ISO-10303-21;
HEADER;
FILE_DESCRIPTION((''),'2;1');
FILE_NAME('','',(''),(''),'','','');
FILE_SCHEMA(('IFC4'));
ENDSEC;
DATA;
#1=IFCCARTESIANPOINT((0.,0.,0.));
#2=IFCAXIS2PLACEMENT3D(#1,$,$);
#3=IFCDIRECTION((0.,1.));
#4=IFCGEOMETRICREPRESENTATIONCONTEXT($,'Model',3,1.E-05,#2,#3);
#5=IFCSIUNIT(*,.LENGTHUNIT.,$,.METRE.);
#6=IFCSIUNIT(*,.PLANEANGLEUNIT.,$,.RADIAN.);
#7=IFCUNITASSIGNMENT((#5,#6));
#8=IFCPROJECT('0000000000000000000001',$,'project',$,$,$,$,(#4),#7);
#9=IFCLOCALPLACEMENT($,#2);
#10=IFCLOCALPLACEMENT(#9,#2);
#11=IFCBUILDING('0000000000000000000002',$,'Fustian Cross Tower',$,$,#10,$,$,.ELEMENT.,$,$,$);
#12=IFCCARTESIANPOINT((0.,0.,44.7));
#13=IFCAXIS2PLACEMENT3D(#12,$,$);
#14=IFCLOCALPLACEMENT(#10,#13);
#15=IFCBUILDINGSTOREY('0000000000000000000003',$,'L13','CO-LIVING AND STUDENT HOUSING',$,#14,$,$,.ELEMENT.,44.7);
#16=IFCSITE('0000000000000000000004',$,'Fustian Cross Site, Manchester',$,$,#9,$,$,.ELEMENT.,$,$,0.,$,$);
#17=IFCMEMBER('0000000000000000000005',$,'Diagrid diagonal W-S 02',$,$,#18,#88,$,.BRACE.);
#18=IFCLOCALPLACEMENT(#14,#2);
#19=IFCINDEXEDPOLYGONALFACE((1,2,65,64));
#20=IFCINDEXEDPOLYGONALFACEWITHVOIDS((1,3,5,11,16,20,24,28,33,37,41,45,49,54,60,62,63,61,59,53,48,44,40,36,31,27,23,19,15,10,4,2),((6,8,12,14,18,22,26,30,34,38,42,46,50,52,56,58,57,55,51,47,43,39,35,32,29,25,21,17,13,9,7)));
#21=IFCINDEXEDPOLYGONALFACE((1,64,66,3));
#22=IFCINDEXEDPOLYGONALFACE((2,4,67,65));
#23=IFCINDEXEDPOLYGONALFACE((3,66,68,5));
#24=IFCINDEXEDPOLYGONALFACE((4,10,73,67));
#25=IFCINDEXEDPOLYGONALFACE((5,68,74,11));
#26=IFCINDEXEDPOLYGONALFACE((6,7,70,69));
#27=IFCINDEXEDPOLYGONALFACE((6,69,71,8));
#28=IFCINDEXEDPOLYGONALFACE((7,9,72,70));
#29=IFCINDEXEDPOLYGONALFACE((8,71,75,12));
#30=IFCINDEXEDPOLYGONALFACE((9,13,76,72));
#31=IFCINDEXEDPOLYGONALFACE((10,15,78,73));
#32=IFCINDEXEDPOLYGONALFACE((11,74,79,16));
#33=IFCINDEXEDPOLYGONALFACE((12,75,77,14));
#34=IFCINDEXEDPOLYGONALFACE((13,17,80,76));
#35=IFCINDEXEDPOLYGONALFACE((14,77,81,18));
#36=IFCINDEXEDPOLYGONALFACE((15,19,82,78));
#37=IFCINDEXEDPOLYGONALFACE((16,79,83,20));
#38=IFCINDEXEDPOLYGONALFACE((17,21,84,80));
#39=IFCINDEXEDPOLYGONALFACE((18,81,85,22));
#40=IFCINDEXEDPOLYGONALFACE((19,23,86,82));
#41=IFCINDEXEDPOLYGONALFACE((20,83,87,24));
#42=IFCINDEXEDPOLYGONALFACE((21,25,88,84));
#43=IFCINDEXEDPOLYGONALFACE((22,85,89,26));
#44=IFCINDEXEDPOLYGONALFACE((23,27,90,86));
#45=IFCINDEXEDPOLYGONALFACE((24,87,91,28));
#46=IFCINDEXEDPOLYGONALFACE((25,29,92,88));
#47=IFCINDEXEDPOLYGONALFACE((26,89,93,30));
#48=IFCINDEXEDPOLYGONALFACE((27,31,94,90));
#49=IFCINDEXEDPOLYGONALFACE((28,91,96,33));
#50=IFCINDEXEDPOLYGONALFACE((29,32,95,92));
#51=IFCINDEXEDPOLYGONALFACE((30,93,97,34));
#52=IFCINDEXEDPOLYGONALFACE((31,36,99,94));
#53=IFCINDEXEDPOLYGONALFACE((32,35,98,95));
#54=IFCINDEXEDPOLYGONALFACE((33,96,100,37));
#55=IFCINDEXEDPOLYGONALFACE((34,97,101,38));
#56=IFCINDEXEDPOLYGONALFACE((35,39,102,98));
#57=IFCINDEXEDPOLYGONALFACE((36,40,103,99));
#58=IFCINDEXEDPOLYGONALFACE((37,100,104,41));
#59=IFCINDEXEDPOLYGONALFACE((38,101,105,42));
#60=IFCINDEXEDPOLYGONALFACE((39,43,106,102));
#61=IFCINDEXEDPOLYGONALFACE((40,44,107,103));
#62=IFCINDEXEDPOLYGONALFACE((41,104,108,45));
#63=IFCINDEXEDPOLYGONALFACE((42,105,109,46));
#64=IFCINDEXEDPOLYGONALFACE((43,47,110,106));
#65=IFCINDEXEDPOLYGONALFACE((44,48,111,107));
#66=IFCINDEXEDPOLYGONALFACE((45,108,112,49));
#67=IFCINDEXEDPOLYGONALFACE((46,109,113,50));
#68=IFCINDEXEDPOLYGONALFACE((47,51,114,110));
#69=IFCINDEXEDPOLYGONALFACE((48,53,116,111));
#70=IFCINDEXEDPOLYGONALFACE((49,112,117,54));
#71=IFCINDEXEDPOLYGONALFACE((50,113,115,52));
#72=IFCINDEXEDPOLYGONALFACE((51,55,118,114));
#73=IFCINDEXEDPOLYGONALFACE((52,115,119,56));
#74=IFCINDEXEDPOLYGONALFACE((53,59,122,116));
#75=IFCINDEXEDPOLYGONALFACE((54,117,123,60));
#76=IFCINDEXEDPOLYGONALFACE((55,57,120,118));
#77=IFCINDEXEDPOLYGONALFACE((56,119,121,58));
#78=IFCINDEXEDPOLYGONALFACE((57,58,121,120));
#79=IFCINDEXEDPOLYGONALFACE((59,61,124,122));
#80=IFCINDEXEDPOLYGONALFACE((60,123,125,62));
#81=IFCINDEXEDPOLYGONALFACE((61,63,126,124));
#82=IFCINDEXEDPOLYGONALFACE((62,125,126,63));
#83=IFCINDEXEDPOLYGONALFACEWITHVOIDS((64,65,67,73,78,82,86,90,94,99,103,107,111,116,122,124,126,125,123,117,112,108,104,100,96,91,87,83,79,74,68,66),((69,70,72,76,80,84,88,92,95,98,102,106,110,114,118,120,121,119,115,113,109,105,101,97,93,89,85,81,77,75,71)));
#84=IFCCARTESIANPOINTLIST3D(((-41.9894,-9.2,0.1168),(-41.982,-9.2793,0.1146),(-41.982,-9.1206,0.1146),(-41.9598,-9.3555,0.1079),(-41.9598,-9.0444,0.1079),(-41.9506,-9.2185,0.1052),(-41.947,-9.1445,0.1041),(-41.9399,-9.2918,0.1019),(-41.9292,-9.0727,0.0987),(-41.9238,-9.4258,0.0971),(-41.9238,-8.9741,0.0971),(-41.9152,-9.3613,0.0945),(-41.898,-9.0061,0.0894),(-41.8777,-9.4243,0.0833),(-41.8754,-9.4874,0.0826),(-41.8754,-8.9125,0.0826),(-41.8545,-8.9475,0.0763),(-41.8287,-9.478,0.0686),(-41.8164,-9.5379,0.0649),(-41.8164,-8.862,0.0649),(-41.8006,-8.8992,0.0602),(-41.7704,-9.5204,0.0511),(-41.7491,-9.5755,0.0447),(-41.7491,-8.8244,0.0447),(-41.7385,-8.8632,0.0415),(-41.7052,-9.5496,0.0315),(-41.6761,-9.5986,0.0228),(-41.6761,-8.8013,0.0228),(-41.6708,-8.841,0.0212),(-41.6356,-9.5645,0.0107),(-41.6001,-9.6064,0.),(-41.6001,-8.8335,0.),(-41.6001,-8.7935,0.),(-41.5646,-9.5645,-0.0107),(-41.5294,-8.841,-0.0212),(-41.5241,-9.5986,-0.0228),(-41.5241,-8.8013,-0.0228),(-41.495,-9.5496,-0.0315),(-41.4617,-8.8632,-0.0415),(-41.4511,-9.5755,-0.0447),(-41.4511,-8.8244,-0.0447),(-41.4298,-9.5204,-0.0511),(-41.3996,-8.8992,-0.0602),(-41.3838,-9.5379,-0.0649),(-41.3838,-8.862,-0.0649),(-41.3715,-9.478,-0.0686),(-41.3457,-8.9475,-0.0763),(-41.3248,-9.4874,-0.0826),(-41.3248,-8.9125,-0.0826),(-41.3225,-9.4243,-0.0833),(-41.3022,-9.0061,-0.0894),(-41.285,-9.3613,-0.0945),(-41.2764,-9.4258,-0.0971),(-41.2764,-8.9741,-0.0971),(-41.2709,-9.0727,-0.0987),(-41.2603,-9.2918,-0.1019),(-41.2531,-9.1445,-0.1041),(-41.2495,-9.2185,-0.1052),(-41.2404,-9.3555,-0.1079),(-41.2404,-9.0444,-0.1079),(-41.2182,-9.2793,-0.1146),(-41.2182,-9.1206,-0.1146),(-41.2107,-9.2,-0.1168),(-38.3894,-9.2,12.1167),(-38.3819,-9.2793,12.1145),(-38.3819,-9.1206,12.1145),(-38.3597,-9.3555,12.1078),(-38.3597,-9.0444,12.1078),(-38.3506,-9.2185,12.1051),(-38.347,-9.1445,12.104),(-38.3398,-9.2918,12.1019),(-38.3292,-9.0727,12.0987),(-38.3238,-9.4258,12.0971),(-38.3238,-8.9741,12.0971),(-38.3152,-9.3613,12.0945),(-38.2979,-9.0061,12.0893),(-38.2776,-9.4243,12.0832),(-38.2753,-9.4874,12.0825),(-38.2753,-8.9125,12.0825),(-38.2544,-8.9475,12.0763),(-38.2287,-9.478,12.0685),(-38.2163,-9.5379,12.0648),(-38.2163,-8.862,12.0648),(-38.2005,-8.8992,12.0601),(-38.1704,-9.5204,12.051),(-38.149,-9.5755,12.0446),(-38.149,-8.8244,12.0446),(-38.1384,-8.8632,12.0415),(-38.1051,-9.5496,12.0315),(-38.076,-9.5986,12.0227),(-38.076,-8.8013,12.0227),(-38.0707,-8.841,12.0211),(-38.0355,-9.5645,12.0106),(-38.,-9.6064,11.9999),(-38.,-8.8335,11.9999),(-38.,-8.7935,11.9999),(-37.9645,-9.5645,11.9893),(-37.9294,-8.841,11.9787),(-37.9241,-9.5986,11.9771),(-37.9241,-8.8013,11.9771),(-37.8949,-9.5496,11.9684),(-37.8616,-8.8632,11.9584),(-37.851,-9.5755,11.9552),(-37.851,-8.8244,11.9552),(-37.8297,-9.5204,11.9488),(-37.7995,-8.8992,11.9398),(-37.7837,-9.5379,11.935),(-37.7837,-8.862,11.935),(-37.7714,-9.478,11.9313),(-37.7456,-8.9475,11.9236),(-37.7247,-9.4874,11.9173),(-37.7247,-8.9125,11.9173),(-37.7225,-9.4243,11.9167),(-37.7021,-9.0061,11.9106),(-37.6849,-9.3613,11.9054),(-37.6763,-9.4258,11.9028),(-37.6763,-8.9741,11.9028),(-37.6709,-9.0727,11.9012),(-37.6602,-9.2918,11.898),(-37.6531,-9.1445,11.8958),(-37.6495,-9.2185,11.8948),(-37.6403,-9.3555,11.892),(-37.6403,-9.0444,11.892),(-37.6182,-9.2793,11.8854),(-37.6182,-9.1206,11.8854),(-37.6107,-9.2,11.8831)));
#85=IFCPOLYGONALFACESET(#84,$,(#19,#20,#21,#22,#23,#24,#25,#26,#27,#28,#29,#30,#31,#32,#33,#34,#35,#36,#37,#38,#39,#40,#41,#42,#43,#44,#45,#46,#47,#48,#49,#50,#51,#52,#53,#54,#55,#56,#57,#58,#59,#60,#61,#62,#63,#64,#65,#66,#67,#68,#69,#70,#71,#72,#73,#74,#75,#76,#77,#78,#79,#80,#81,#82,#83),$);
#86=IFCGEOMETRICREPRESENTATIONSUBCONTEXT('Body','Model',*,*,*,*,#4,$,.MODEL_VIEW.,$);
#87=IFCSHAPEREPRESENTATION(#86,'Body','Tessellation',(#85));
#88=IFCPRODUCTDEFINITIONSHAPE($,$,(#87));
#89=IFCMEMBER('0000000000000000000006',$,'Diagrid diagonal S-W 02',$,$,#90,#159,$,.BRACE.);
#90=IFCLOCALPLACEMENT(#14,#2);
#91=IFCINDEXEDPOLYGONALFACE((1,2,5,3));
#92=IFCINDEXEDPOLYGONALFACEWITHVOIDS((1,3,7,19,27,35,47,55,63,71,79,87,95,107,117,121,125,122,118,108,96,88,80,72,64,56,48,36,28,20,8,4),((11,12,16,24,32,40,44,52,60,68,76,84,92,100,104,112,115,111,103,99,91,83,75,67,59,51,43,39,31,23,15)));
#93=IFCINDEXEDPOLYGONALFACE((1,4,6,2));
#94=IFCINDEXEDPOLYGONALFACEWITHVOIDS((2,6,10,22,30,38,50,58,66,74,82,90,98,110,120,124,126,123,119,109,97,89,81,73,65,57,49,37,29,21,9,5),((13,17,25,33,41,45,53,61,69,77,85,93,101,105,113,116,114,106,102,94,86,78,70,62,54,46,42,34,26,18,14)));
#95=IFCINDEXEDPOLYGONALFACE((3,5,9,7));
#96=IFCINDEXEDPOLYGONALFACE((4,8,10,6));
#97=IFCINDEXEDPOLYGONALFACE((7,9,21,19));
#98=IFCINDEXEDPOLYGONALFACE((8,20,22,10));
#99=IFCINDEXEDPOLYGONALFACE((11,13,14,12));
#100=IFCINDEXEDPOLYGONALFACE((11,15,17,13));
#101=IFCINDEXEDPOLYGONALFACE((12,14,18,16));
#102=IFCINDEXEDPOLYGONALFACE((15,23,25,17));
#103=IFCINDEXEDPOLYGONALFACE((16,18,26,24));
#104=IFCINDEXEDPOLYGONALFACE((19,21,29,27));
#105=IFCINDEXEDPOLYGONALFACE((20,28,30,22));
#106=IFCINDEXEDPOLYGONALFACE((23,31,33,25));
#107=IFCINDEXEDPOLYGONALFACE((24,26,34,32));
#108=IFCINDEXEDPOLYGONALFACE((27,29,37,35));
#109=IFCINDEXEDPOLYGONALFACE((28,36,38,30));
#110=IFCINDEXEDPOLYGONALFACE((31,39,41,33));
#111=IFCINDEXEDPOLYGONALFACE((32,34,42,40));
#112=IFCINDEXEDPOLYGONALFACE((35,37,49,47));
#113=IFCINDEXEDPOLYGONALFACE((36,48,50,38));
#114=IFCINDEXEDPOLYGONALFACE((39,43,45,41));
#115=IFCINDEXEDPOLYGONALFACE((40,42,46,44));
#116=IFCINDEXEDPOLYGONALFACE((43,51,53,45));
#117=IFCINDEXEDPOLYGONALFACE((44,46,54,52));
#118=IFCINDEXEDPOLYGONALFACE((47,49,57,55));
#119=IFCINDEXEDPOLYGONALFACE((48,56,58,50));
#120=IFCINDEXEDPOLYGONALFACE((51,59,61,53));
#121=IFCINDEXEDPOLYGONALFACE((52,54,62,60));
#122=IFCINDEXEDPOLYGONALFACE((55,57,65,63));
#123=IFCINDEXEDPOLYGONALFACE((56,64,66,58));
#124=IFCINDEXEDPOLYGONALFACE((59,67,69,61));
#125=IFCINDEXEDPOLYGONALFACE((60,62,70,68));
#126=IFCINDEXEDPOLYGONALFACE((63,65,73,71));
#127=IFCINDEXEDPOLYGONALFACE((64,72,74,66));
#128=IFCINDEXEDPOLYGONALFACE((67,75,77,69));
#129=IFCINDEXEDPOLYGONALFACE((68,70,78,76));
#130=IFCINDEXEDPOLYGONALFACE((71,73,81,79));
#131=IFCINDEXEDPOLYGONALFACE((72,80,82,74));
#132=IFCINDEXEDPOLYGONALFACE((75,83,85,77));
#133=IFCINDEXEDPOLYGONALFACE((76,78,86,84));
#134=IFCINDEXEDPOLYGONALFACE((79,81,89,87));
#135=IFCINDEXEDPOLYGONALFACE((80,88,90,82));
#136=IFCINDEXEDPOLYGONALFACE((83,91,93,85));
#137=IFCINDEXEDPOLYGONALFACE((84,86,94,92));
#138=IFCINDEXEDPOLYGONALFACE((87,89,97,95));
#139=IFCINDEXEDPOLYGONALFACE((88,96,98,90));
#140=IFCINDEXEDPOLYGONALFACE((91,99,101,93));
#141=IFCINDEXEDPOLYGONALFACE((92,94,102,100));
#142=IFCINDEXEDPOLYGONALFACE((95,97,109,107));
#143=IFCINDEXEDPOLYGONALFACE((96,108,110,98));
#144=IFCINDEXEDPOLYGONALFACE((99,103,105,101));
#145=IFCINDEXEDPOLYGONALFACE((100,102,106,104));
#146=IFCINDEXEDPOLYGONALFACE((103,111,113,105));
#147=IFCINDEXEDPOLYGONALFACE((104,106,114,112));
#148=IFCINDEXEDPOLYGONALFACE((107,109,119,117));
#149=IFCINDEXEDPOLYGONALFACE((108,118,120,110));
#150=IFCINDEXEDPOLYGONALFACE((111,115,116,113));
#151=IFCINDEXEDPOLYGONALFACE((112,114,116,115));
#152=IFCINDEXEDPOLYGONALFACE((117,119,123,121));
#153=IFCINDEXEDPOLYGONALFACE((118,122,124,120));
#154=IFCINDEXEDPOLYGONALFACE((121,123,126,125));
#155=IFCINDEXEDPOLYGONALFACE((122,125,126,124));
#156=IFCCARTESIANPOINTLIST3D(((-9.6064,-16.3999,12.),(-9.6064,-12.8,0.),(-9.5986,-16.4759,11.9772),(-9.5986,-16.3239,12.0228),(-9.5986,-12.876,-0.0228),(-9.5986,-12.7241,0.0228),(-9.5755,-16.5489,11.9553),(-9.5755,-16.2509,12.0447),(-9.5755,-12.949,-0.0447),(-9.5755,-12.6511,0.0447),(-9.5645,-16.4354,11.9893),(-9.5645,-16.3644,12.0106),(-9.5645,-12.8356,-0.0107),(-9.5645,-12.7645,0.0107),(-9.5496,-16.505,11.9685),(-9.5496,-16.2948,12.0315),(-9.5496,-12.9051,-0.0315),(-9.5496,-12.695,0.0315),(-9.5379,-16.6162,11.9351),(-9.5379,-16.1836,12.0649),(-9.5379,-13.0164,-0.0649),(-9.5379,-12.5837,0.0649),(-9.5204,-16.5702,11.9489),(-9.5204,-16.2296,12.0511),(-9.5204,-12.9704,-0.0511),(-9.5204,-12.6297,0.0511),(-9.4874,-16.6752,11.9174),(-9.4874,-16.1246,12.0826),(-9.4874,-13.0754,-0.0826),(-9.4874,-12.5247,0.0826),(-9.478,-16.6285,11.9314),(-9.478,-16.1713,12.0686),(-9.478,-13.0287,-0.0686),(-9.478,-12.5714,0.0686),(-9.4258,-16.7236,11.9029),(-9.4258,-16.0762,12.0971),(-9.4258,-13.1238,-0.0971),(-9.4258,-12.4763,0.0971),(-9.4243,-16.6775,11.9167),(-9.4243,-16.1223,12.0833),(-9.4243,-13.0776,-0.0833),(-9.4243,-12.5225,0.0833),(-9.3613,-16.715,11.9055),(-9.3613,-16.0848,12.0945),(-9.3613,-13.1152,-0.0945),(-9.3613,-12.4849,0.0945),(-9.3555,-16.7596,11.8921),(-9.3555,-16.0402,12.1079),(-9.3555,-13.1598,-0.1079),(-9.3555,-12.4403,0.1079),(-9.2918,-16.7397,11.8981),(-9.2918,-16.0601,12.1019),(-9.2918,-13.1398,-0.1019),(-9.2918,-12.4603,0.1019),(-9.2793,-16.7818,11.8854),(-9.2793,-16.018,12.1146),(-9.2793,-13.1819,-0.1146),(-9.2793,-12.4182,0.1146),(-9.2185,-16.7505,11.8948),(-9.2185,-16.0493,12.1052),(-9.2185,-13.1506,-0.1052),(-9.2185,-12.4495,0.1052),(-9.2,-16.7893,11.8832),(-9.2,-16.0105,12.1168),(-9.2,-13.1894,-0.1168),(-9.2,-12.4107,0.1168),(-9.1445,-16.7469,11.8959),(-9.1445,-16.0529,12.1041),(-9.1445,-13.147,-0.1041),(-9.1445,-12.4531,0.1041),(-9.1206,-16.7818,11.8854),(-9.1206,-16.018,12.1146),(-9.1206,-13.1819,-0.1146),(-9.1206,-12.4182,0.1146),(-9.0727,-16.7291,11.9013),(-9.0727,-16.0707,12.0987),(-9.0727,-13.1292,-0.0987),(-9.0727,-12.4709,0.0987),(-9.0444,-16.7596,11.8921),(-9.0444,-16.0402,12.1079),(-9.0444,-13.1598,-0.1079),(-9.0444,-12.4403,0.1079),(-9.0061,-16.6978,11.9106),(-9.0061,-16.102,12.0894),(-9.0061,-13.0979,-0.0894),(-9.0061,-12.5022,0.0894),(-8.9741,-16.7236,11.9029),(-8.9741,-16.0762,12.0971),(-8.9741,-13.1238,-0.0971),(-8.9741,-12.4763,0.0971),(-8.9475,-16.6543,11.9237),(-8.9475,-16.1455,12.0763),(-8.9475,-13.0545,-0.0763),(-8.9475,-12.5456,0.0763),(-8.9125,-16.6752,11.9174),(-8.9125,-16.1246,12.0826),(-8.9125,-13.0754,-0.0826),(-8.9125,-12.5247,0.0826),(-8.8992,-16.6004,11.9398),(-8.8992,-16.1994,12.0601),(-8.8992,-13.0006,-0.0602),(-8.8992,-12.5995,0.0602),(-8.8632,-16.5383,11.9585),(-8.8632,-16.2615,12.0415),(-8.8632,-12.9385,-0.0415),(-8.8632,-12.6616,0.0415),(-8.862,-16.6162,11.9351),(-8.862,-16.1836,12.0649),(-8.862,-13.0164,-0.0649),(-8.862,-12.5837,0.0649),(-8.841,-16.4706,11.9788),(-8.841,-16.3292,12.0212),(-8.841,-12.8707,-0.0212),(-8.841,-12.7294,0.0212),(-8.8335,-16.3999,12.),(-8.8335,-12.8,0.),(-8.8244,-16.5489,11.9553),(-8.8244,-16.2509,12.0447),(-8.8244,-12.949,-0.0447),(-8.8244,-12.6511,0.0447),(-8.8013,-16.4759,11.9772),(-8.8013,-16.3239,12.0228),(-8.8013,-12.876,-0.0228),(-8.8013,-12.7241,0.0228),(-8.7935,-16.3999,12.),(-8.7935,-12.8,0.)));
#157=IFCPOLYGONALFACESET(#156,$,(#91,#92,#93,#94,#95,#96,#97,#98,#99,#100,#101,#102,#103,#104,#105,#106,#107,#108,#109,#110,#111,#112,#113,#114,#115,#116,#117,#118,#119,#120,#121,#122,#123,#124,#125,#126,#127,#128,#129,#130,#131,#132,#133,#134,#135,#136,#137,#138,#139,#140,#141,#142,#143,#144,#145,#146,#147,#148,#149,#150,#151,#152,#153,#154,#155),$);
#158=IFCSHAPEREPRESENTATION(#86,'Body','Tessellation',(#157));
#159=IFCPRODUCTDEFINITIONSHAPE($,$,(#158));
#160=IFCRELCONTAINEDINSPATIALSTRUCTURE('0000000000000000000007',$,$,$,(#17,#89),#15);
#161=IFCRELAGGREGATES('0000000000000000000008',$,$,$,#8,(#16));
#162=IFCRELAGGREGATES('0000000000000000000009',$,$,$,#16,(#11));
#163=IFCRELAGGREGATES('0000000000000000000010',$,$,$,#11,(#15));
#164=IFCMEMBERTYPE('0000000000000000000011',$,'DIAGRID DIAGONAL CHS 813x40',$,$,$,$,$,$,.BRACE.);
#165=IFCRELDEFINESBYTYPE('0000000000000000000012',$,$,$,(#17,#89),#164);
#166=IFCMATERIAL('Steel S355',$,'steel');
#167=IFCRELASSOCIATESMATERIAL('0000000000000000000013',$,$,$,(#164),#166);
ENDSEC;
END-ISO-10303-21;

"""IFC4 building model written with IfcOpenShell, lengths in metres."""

from ifc_helpers import new_model, si_unit, direction, frame, origin, origin_2d, place, context, subcontext, project, spatial, hollow_circle, extrude, material, material_profile, profile_set, type_object, element, save


model = new_model("IFC4")

# Units and contexts
model_context = context("Model", 3, precision=1e-05, world=origin(), true_north=direction((0.0, 1.0)))
body_context = subcontext(model_context, "Body", "Model", "MODEL_VIEW")
ifc_project = project(units=[si_unit("LENGTHUNIT", "METRE"), si_unit("PLANEANGLEUNIT", "RADIAN")], contexts=[model_context])

# Site, building, storey
site_placement = place(None, origin())
site = spatial("IfcSite", under=ifc_project, at=site_placement, Name="Fustian Cross Site, Manchester", CompositionType="ELEMENT", RefElevation=0.0)
building_placement = place(site_placement, origin())
building = spatial("IfcBuilding", under=site, at=building_placement, Name="Fustian Cross Tower", CompositionType="ELEMENT")
storey_placement = place(building_placement, frame((0.0, 0.0, 44.7)))
storey = spatial("IfcBuildingStorey", under=building, at=storey_placement, Name="L13", Description="CO-LIVING AND STUDENT HOUSING", CompositionType="ELEMENT", Elevation=44.7)

# Members
ifc_material_1 = material(Name="Steel S355", Category="steel")
ifc_material_profile_1 = material_profile(ifc_material_1, hollow_circle(Radius=0.4065, WallThickness=0.04, at=origin_2d()), Name="CHS 813x40")
ifc_profile_set_1 = profile_set([ifc_material_profile_1], Name="Steel S355")
member_type_1 = type_object("IfcMemberType", Name="DIAGRID DIAGONAL CHS 813x40", PredefinedType="BRACE", material=ifc_profile_set_1)
for number, where, z_axis, x_axis, name in (
    (1, (-41.6001, -9.2, 0.0), (0.287355, 0.0, 0.957824), (0.0, 1.0, 0.0), "Diagrid diagonal W-S 02"),
    (2, (-9.2, -12.8, 0.0), (0.0, -0.287337, 0.95783), (1.0, 0.0, 0.0), "Diagrid diagonal S-W 02"),
):
    element("IfcMember", number, at=place(storey_placement, frame(where, z_axis=z_axis, x_axis=x_axis)), inside=storey, type_object=member_type_1, Name=name, PredefinedType="BRACE", context=body_context, shape_type="SweptSolid", body=[
        extrude(hollow_circle(Radius=0.4065, WallThickness=0.04, at=origin_2d()), origin(), (0.0, 0.0, 1.0), 12.5283),
    ])

save(model, "model.ifc")
